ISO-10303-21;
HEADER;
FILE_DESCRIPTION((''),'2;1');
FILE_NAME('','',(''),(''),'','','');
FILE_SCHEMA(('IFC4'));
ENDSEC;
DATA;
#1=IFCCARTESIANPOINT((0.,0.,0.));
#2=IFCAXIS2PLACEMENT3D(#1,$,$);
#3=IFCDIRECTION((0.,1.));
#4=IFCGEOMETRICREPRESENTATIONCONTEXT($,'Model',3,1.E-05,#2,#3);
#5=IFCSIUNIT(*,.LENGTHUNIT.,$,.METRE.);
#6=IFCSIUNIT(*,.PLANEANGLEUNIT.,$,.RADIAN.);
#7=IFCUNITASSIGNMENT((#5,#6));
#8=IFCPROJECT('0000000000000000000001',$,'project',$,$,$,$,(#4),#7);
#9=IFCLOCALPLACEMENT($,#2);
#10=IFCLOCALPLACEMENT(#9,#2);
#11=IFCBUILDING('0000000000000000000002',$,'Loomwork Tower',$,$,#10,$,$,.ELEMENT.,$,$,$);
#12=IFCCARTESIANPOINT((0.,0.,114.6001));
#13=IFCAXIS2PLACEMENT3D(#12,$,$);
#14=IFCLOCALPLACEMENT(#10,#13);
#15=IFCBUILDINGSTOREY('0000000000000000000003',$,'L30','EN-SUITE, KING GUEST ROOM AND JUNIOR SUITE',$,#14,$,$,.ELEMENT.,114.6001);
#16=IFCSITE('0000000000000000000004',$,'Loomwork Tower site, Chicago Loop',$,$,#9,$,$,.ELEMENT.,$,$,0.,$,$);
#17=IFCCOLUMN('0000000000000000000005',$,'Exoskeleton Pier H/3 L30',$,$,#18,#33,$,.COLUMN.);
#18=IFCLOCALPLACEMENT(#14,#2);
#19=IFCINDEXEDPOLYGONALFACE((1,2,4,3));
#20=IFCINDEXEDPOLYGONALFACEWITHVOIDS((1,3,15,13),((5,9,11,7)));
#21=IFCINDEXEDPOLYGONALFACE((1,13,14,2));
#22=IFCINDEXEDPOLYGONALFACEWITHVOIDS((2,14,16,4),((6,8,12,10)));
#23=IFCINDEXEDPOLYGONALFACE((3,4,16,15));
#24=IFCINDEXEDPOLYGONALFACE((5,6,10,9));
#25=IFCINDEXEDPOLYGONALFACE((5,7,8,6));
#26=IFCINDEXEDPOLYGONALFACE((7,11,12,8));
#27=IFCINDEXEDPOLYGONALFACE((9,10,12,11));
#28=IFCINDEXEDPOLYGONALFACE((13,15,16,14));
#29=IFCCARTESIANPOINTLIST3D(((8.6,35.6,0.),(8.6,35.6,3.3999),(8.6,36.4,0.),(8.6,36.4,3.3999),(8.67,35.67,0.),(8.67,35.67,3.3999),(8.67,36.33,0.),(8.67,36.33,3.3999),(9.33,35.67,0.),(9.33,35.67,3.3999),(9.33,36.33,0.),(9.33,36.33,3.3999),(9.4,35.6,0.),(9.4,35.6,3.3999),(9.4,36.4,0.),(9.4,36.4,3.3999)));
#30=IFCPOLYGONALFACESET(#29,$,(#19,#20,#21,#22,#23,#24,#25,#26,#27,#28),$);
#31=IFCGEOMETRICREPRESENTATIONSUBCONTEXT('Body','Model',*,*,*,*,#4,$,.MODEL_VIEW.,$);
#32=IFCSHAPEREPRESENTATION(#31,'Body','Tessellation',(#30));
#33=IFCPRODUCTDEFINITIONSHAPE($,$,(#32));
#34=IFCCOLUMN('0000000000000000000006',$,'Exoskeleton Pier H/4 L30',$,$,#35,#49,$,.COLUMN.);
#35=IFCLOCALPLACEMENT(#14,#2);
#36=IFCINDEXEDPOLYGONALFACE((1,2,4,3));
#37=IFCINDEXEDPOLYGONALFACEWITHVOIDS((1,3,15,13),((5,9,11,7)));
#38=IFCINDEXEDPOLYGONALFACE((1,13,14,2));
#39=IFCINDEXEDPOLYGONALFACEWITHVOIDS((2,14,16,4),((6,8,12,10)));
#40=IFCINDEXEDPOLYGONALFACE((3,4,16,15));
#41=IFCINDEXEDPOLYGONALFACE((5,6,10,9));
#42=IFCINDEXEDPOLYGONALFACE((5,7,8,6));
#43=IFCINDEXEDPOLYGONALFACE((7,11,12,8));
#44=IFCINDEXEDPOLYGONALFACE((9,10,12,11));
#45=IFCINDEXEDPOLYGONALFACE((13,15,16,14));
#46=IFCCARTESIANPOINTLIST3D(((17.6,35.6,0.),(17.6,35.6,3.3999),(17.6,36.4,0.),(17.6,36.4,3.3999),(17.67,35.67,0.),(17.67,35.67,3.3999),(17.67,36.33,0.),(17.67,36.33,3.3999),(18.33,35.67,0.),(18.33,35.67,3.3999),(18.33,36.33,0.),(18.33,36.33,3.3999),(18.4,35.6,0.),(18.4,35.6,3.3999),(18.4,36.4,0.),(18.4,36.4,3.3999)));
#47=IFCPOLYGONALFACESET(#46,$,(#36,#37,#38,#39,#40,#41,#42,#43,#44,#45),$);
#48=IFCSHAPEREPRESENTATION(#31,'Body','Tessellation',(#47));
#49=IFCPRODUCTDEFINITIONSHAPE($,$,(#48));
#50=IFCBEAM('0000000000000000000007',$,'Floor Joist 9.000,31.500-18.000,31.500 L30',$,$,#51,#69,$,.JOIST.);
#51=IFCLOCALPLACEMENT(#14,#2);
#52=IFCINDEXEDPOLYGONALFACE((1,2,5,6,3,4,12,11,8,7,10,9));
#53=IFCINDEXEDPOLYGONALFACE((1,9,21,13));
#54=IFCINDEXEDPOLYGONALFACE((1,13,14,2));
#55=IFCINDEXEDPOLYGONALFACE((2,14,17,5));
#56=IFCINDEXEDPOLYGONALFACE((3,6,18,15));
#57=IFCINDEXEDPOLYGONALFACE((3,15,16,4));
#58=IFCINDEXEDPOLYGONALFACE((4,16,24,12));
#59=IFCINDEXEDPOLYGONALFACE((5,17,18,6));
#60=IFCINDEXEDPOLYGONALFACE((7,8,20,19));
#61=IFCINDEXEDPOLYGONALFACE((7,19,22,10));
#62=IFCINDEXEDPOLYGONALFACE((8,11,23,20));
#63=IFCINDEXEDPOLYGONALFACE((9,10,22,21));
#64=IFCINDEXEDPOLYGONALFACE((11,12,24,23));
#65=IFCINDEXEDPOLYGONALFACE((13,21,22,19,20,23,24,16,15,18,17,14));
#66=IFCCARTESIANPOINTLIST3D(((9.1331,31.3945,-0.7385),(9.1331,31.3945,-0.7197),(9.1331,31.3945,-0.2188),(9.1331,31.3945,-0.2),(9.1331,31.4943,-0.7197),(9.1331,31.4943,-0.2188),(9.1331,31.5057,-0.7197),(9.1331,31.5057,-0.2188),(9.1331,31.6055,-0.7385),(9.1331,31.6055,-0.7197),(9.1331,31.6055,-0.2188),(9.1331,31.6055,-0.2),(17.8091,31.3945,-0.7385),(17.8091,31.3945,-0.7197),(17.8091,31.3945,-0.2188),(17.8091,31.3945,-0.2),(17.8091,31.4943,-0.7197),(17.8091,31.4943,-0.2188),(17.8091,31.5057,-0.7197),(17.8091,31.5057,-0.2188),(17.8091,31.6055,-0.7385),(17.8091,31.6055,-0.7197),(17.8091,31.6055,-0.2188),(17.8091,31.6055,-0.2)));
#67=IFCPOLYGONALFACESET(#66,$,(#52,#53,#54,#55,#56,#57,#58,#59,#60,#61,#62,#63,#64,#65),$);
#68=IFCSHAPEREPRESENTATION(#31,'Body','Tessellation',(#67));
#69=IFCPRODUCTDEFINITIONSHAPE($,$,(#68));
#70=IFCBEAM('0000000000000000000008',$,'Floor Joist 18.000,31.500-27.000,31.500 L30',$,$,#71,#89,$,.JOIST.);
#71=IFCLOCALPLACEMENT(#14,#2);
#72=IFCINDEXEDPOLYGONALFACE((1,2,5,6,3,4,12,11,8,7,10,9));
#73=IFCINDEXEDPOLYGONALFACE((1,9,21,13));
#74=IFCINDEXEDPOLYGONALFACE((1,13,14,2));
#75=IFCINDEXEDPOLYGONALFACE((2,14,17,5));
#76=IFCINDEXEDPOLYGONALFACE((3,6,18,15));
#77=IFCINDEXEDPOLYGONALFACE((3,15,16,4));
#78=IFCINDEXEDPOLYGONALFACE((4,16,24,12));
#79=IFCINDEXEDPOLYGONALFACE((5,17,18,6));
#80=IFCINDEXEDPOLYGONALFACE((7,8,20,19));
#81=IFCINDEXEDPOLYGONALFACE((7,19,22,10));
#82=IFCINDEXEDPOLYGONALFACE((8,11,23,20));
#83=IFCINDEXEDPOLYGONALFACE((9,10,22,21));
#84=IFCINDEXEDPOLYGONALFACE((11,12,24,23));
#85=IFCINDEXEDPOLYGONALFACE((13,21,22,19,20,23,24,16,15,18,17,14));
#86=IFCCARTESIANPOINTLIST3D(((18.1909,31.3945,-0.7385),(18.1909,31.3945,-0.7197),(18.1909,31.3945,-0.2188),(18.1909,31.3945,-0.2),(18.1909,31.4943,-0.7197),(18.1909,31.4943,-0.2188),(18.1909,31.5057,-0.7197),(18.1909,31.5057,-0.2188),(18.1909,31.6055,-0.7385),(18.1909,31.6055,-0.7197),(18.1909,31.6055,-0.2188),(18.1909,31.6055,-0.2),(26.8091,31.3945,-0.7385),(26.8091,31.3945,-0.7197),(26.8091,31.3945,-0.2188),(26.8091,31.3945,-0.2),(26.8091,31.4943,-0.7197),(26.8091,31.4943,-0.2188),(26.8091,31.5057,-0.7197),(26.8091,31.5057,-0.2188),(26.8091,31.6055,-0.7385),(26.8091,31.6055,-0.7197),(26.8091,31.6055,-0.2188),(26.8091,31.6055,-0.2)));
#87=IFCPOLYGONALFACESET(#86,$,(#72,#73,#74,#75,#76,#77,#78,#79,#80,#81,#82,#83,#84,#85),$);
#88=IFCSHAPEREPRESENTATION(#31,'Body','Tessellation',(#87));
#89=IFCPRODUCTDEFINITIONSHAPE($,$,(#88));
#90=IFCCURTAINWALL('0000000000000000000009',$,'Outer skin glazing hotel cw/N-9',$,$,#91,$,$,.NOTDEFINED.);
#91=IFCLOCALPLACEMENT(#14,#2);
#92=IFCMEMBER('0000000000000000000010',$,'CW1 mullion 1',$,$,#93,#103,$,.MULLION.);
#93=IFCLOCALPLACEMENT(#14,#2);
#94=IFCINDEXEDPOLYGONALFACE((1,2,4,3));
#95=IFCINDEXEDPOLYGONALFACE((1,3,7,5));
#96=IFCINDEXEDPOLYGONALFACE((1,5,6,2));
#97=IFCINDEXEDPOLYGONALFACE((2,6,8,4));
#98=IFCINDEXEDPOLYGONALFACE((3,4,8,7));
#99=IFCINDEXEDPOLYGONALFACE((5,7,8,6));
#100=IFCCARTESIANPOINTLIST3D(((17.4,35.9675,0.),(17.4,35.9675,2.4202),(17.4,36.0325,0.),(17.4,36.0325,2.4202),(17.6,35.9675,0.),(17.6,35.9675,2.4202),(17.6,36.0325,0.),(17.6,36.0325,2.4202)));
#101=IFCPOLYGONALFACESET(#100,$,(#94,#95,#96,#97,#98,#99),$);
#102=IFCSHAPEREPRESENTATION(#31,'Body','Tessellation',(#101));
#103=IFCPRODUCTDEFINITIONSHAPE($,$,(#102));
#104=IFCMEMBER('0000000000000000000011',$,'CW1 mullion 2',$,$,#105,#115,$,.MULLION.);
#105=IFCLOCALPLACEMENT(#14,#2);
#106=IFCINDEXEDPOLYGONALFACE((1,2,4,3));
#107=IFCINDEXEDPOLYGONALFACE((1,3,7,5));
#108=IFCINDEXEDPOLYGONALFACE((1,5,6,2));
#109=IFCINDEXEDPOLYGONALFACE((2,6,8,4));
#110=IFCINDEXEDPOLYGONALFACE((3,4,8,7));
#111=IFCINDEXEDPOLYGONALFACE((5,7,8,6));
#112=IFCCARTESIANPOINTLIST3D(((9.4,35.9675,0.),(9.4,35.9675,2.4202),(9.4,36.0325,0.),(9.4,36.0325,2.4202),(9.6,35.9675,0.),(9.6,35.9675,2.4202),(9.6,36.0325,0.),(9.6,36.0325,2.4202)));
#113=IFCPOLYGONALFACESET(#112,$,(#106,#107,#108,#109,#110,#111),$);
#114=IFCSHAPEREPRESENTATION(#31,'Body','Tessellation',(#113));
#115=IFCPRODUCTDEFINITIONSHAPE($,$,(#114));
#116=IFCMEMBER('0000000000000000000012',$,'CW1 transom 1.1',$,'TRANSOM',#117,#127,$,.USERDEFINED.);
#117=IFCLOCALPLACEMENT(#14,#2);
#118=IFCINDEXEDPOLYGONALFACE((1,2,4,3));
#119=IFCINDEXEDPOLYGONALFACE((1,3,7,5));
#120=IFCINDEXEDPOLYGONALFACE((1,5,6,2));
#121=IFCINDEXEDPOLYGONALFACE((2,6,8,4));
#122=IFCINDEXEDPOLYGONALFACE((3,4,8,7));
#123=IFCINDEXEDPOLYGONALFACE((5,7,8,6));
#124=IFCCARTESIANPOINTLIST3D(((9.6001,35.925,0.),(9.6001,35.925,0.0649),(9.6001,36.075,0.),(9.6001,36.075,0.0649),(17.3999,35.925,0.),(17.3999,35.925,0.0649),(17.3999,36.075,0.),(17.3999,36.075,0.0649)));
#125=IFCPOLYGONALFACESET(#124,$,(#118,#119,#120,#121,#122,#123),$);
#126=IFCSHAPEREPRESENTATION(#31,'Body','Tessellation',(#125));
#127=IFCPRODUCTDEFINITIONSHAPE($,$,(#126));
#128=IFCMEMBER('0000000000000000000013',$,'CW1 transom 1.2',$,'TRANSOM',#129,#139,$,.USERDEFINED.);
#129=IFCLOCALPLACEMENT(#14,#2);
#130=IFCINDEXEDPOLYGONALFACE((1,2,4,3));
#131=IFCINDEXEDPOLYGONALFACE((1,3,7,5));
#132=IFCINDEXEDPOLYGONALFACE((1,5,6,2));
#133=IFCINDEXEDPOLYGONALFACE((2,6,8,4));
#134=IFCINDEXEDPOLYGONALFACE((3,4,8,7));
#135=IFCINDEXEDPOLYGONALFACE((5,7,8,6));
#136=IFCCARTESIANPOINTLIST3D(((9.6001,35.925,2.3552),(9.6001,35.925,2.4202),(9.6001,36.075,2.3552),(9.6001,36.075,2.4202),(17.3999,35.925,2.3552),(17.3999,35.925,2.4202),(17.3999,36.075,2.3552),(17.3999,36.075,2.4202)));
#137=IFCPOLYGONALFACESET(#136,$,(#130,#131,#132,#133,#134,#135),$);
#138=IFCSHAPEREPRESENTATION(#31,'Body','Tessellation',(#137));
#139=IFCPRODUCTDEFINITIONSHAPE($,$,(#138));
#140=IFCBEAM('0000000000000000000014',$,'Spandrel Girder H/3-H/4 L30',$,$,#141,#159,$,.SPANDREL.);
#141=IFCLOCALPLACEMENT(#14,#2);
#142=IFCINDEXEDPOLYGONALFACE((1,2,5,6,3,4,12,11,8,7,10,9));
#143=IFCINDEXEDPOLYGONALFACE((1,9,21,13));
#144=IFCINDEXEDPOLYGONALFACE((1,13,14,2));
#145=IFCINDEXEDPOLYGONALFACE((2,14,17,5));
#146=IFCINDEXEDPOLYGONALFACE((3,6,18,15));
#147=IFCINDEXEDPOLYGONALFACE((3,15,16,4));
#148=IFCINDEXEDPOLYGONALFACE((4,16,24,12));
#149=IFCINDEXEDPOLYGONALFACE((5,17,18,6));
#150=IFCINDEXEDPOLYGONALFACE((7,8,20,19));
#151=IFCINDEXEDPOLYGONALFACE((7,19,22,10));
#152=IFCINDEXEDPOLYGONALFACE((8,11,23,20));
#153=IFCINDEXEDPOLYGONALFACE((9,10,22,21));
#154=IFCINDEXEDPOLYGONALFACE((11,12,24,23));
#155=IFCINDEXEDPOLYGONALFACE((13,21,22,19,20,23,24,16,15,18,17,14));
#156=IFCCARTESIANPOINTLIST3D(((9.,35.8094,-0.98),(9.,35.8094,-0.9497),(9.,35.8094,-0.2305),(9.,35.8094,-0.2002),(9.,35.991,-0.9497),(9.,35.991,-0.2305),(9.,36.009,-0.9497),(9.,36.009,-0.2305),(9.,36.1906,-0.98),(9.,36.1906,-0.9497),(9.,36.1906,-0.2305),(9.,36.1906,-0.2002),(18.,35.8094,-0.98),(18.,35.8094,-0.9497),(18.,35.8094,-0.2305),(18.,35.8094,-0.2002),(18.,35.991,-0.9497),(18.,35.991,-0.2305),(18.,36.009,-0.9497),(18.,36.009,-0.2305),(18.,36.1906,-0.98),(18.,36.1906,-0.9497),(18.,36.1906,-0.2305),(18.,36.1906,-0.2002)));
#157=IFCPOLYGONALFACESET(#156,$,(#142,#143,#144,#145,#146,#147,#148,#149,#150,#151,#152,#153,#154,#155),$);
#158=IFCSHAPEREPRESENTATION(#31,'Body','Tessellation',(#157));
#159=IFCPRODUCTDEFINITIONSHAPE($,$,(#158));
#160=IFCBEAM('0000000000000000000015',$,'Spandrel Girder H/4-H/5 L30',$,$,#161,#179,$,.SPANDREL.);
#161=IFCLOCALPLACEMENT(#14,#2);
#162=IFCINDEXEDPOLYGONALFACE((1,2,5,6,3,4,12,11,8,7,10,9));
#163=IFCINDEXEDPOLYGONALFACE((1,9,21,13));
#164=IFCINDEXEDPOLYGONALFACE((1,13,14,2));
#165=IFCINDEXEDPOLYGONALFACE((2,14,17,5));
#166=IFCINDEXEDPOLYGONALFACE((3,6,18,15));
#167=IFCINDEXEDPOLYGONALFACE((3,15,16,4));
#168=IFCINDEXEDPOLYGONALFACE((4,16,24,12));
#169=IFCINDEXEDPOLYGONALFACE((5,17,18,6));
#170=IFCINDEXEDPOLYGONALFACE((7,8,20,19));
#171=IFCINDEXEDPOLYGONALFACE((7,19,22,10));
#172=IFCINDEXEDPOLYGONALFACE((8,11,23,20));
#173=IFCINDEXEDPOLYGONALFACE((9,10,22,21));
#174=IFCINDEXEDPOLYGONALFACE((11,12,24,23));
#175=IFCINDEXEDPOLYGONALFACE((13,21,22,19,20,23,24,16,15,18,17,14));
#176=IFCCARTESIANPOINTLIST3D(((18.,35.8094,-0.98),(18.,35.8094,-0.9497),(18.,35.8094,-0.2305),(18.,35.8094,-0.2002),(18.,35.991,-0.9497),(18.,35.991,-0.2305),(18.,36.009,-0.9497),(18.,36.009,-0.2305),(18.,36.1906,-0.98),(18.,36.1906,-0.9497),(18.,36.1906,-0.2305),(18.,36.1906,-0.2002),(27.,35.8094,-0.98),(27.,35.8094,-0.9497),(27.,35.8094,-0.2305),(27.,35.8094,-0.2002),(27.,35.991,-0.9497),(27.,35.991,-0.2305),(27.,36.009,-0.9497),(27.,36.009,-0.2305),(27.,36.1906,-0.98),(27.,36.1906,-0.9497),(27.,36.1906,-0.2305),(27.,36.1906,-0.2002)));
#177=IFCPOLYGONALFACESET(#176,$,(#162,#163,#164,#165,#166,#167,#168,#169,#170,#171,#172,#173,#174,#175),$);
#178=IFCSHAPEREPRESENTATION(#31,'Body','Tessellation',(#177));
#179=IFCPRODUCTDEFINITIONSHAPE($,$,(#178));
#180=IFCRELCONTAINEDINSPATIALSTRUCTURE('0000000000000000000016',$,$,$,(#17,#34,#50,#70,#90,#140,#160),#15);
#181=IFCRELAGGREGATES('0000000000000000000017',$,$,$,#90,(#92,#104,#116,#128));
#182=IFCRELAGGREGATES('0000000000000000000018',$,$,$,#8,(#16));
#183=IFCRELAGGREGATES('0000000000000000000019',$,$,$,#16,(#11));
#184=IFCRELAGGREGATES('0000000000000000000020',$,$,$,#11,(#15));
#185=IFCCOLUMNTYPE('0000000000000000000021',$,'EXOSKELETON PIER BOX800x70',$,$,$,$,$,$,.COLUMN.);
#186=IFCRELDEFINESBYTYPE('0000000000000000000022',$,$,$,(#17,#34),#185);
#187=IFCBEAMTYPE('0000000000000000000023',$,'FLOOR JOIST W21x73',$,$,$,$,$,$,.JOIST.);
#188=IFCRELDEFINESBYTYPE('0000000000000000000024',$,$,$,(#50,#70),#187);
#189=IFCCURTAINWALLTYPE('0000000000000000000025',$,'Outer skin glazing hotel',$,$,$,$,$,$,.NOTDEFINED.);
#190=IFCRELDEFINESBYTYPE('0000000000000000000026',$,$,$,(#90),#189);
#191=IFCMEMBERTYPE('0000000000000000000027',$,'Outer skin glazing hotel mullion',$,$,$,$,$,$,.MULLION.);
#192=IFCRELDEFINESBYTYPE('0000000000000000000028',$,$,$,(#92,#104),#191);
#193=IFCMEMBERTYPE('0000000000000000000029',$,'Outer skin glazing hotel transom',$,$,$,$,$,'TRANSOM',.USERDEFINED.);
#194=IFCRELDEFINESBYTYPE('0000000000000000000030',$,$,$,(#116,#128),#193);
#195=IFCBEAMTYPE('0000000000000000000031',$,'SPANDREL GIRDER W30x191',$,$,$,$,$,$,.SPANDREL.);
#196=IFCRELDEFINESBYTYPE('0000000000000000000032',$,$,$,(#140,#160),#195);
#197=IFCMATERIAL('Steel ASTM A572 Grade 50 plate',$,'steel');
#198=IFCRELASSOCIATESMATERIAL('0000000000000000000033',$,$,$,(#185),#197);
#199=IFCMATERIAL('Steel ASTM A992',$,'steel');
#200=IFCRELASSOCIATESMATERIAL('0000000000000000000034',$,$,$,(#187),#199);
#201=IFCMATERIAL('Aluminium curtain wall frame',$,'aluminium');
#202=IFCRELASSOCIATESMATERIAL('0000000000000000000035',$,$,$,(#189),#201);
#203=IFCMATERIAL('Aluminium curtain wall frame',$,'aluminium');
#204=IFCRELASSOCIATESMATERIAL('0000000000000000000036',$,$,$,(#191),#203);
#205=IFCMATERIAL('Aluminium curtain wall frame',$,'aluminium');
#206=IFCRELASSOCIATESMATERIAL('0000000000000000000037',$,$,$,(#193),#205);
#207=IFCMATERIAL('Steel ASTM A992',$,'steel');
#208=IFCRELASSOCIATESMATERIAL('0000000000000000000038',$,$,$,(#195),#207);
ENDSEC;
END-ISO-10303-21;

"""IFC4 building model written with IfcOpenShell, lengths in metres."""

from ifc_helpers import new_model, si_unit, direction, frame, origin, origin_2d, place, context, subcontext, project, spatial, rectangle, hollow_rectangle, i_section, extrude, material, material_profile, profile_set, type_object, element, aggregate, save


model = new_model("IFC4")

# Units and contexts
model_context = context("Model", 3, precision=1e-05, world=origin(), true_north=direction((0.0, 1.0)))
body_context = subcontext(model_context, "Body", "Model", "MODEL_VIEW")
ifc_project = project(units=[si_unit("LENGTHUNIT", "METRE"), si_unit("PLANEANGLEUNIT", "RADIAN")], contexts=[model_context])

# Site, building, storey
site_placement = place(None, origin())
site = spatial("IfcSite", under=ifc_project, at=site_placement, Name="Loomwork Tower site, Chicago Loop", CompositionType="ELEMENT", RefElevation=0.0)
building_placement = place(site_placement, origin())
building = spatial("IfcBuilding", under=site, at=building_placement, Name="Loomwork Tower", CompositionType="ELEMENT")
storey_placement = place(building_placement, frame((0.0, 0.0, 114.6001)))
storey = spatial("IfcBuildingStorey", under=building, at=storey_placement, Name="L30", Description="EN-SUITE, KING GUEST ROOM AND JUNIOR SUITE", CompositionType="ELEMENT", Elevation=114.6001)

# Columns
ifc_material_1 = material(Name="Steel ASTM A572 Grade 50 plate", Category="steel")
ifc_material_profile_1 = material_profile(ifc_material_1, hollow_rectangle(XDim=0.8, YDim=0.8, WallThickness=0.0701, at=origin_2d()), Name="BOX800x70")
ifc_profile_set_1 = profile_set([ifc_material_profile_1], Name="Steel ASTM A572 Grade 50 plate")
column_type = type_object("IfcColumnType", Name="EXOSKELETON PIER BOX800x70", PredefinedType="COLUMN", material=ifc_profile_set_1)
for number, where, z_axis, x_axis, name in (
    (1, (9.0, 36.0, 0.0), (0.0, 0.0, 1.0), (1.0, 0.0, 0.0), "Exoskeleton Pier H/3 L30"),
    (2, (18.0, 36.0, 0.0), (0.0, 0.0, 1.0), (1.0, 0.0, 0.0), "Exoskeleton Pier H/4 L30"),
):
    element("IfcColumn", number, at=place(storey_placement, frame(where, z_axis=z_axis, x_axis=x_axis)), inside=storey, type_object=column_type, Name=name, PredefinedType="COLUMN", context=body_context, shape_type="SweptSolid", body=[
        extrude(hollow_rectangle(XDim=0.8, YDim=0.8, WallThickness=0.0701, at=origin_2d()), origin(), (0.0, 0.0, 1.0), 3.3999),
    ])

# Beams
ifc_material_2 = material(Name="Steel ASTM A992", Category="steel")
ifc_material_profile_2 = material_profile(ifc_material_2, i_section(OverallWidth=0.2109, OverallDepth=0.5386, WebThickness=0.0115, FlangeThickness=0.0188, at=origin_2d()), Name="W21x73")
ifc_profile_set_2 = profile_set([ifc_material_profile_2], Name="Steel ASTM A992")
beam_type_1 = type_object("IfcBeamType", Name="FLOOR JOIST W21x73", PredefinedType="JOIST", material=ifc_profile_set_2)
beam_1_placement = place(storey_placement, frame((9.1331, 31.5, -0.4692), z_axis=(1.0, 0.0, 0.0), x_axis=(0.0, 1.0, 0.0)))
element("IfcBeam", 3, at=beam_1_placement, inside=storey, type_object=beam_type_1, Name="Floor Joist 9.000,31.500-18.000,31.500 L30", PredefinedType="JOIST", context=body_context, shape_type="SweptSolid", body=[
    extrude(i_section(OverallWidth=0.2109, OverallDepth=0.5386, WebThickness=0.0115, FlangeThickness=0.0188, at=origin_2d()), origin(), (0.0, 0.0, 1.0), 8.676),
])
beam_2_placement = place(storey_placement, frame((18.1909, 31.5, -0.4692), z_axis=(1.0, 0.0, 0.0), x_axis=(0.0, 1.0, 0.0)))
element("IfcBeam", 4, at=beam_2_placement, inside=storey, type_object=beam_type_1, Name="Floor Joist 18.000,31.500-27.000,31.500 L30", PredefinedType="JOIST", context=body_context, shape_type="SweptSolid", body=[
    extrude(i_section(OverallWidth=0.2109, OverallDepth=0.5386, WebThickness=0.0115, FlangeThickness=0.0188, at=origin_2d()), origin(), (0.0, 0.0, 1.0), 8.6182),
])

# Curtain wall, members
ifc_material_3 = material(Name="Aluminium curtain wall frame", Category="aluminium")
curtain_wall_type = type_object("IfcCurtainWallType", Name="Outer skin glazing hotel", PredefinedType="NOTDEFINED", material=ifc_material_3)
curtain_wall_placement = place(storey_placement, origin())
curtain_wall = element("IfcCurtainWall", 5, at=curtain_wall_placement, inside=storey, type_object=curtain_wall_type, Name="Outer skin glazing hotel cw/N-9", PredefinedType="NOTDEFINED")
ifc_material_4 = material(Name="Aluminium curtain wall frame", Category="aluminium")
ifc_material_profile_3 = material_profile(ifc_material_4, rectangle(XDim=0.0649, YDim=0.2, at=origin_2d()), Name="AL 65x200")
ifc_profile_set_3 = profile_set([ifc_material_profile_3], Name="Aluminium curtain wall frame")
member_type_1 = type_object("IfcMemberType", Name="Outer skin glazing hotel mullion", PredefinedType="MULLION", material=ifc_profile_set_3)
member_1_placement = place(storey_placement, frame((17.5, 36.0, 0.0), z_axis=(0.0, 0.0, 1.0), x_axis=(0.0, -1.0, 0.0)))
member_1 = element("IfcMember", 6, at=member_1_placement, type_object=member_type_1, Name="CW1 mullion 1", PredefinedType="MULLION", context=body_context, shape_type="SweptSolid", body=[
    extrude(rectangle(XDim=0.0649, YDim=0.2, at=origin_2d()), origin(), (0.0, 0.0, 1.0), 2.4202),
])
member_2_placement = place(storey_placement, frame((9.5, 36.0, 0.0), z_axis=(0.0, 0.0, 1.0), x_axis=(0.0, -1.0, 0.0)))
member_2 = element("IfcMember", 7, at=member_2_placement, type_object=member_type_1, Name="CW1 mullion 2", PredefinedType="MULLION", context=body_context, shape_type="SweptSolid", body=[
    extrude(rectangle(XDim=0.0649, YDim=0.2, at=origin_2d()), origin(), (0.0, 0.0, 1.0), 2.4202),
])
ifc_material_5 = material(Name="Aluminium curtain wall frame", Category="aluminium")
ifc_material_profile_4 = material_profile(ifc_material_5, rectangle(XDim=0.1499, YDim=0.0649, at=origin_2d()), Name="AL 65x150")
ifc_profile_set_4 = profile_set([ifc_material_profile_4], Name="Aluminium curtain wall frame")
member_type_2 = type_object("IfcMemberType", Name="Outer skin glazing hotel transom", ElementType="TRANSOM", PredefinedType="USERDEFINED", material=ifc_profile_set_4)
member_3_placement = place(storey_placement, frame((17.3999, 36.0, 0.0325), z_axis=(-1.0, 0.0, 0.0), x_axis=(0.0, -1.0, 0.0)))
member_3 = element("IfcMember", 8, at=member_3_placement, type_object=member_type_2, Name="CW1 transom 1.1", ObjectType="TRANSOM", PredefinedType="USERDEFINED", context=body_context, shape_type="SweptSolid", body=[
    extrude(rectangle(XDim=0.1499, YDim=0.0649, at=origin_2d()), origin(), (0.0, 0.0, 1.0), 7.7998),
])
member_4_placement = place(storey_placement, frame((17.3999, 36.0, 2.3877), z_axis=(-1.0, 0.0, 0.0), x_axis=(0.0, -1.0, 0.0)))
member_4 = element("IfcMember", 9, at=member_4_placement, type_object=member_type_2, Name="CW1 transom 1.2", ObjectType="TRANSOM", PredefinedType="USERDEFINED", context=body_context, shape_type="SweptSolid", body=[
    extrude(rectangle(XDim=0.1499, YDim=0.0649, at=origin_2d()), origin(), (0.0, 0.0, 1.0), 7.7998),
])

# Beams
ifc_material_6 = material(Name="Steel ASTM A992", Category="steel")
ifc_material_profile_5 = material_profile(ifc_material_6, i_section(OverallWidth=0.3811, OverallDepth=0.7798, WebThickness=0.0181, FlangeThickness=0.0303, at=origin_2d()), Name="W30x191")
ifc_profile_set_5 = profile_set([ifc_material_profile_5], Name="Steel ASTM A992")
beam_type_2 = type_object("IfcBeamType", Name="SPANDREL GIRDER W30x191", PredefinedType="SPANDREL", material=ifc_profile_set_5)
for number, where, z_axis, x_axis, name in (
    (10, (9.0, 36.0, -0.5901), (1.0, 0.0, 0.0), (0.0, 1.0, 0.0), "Spandrel Girder H/3-H/4 L30"),
    (11, (18.0, 36.0, -0.5901), (1.0, 0.0, 0.0), (0.0, 1.0, 0.0), "Spandrel Girder H/4-H/5 L30"),
):
    element("IfcBeam", number, at=place(storey_placement, frame(where, z_axis=z_axis, x_axis=x_axis)), inside=storey, type_object=beam_type_2, Name=name, PredefinedType="SPANDREL", context=body_context, shape_type="SweptSolid", body=[
        extrude(i_section(OverallWidth=0.3811, OverallDepth=0.7798, WebThickness=0.0181, FlangeThickness=0.0303, at=origin_2d()), origin(), (0.0, 0.0, 1.0), 9.0),
    ])

aggregate(curtain_wall, [member_1, member_2, member_3, member_4])

save(model, "model.ifc")
